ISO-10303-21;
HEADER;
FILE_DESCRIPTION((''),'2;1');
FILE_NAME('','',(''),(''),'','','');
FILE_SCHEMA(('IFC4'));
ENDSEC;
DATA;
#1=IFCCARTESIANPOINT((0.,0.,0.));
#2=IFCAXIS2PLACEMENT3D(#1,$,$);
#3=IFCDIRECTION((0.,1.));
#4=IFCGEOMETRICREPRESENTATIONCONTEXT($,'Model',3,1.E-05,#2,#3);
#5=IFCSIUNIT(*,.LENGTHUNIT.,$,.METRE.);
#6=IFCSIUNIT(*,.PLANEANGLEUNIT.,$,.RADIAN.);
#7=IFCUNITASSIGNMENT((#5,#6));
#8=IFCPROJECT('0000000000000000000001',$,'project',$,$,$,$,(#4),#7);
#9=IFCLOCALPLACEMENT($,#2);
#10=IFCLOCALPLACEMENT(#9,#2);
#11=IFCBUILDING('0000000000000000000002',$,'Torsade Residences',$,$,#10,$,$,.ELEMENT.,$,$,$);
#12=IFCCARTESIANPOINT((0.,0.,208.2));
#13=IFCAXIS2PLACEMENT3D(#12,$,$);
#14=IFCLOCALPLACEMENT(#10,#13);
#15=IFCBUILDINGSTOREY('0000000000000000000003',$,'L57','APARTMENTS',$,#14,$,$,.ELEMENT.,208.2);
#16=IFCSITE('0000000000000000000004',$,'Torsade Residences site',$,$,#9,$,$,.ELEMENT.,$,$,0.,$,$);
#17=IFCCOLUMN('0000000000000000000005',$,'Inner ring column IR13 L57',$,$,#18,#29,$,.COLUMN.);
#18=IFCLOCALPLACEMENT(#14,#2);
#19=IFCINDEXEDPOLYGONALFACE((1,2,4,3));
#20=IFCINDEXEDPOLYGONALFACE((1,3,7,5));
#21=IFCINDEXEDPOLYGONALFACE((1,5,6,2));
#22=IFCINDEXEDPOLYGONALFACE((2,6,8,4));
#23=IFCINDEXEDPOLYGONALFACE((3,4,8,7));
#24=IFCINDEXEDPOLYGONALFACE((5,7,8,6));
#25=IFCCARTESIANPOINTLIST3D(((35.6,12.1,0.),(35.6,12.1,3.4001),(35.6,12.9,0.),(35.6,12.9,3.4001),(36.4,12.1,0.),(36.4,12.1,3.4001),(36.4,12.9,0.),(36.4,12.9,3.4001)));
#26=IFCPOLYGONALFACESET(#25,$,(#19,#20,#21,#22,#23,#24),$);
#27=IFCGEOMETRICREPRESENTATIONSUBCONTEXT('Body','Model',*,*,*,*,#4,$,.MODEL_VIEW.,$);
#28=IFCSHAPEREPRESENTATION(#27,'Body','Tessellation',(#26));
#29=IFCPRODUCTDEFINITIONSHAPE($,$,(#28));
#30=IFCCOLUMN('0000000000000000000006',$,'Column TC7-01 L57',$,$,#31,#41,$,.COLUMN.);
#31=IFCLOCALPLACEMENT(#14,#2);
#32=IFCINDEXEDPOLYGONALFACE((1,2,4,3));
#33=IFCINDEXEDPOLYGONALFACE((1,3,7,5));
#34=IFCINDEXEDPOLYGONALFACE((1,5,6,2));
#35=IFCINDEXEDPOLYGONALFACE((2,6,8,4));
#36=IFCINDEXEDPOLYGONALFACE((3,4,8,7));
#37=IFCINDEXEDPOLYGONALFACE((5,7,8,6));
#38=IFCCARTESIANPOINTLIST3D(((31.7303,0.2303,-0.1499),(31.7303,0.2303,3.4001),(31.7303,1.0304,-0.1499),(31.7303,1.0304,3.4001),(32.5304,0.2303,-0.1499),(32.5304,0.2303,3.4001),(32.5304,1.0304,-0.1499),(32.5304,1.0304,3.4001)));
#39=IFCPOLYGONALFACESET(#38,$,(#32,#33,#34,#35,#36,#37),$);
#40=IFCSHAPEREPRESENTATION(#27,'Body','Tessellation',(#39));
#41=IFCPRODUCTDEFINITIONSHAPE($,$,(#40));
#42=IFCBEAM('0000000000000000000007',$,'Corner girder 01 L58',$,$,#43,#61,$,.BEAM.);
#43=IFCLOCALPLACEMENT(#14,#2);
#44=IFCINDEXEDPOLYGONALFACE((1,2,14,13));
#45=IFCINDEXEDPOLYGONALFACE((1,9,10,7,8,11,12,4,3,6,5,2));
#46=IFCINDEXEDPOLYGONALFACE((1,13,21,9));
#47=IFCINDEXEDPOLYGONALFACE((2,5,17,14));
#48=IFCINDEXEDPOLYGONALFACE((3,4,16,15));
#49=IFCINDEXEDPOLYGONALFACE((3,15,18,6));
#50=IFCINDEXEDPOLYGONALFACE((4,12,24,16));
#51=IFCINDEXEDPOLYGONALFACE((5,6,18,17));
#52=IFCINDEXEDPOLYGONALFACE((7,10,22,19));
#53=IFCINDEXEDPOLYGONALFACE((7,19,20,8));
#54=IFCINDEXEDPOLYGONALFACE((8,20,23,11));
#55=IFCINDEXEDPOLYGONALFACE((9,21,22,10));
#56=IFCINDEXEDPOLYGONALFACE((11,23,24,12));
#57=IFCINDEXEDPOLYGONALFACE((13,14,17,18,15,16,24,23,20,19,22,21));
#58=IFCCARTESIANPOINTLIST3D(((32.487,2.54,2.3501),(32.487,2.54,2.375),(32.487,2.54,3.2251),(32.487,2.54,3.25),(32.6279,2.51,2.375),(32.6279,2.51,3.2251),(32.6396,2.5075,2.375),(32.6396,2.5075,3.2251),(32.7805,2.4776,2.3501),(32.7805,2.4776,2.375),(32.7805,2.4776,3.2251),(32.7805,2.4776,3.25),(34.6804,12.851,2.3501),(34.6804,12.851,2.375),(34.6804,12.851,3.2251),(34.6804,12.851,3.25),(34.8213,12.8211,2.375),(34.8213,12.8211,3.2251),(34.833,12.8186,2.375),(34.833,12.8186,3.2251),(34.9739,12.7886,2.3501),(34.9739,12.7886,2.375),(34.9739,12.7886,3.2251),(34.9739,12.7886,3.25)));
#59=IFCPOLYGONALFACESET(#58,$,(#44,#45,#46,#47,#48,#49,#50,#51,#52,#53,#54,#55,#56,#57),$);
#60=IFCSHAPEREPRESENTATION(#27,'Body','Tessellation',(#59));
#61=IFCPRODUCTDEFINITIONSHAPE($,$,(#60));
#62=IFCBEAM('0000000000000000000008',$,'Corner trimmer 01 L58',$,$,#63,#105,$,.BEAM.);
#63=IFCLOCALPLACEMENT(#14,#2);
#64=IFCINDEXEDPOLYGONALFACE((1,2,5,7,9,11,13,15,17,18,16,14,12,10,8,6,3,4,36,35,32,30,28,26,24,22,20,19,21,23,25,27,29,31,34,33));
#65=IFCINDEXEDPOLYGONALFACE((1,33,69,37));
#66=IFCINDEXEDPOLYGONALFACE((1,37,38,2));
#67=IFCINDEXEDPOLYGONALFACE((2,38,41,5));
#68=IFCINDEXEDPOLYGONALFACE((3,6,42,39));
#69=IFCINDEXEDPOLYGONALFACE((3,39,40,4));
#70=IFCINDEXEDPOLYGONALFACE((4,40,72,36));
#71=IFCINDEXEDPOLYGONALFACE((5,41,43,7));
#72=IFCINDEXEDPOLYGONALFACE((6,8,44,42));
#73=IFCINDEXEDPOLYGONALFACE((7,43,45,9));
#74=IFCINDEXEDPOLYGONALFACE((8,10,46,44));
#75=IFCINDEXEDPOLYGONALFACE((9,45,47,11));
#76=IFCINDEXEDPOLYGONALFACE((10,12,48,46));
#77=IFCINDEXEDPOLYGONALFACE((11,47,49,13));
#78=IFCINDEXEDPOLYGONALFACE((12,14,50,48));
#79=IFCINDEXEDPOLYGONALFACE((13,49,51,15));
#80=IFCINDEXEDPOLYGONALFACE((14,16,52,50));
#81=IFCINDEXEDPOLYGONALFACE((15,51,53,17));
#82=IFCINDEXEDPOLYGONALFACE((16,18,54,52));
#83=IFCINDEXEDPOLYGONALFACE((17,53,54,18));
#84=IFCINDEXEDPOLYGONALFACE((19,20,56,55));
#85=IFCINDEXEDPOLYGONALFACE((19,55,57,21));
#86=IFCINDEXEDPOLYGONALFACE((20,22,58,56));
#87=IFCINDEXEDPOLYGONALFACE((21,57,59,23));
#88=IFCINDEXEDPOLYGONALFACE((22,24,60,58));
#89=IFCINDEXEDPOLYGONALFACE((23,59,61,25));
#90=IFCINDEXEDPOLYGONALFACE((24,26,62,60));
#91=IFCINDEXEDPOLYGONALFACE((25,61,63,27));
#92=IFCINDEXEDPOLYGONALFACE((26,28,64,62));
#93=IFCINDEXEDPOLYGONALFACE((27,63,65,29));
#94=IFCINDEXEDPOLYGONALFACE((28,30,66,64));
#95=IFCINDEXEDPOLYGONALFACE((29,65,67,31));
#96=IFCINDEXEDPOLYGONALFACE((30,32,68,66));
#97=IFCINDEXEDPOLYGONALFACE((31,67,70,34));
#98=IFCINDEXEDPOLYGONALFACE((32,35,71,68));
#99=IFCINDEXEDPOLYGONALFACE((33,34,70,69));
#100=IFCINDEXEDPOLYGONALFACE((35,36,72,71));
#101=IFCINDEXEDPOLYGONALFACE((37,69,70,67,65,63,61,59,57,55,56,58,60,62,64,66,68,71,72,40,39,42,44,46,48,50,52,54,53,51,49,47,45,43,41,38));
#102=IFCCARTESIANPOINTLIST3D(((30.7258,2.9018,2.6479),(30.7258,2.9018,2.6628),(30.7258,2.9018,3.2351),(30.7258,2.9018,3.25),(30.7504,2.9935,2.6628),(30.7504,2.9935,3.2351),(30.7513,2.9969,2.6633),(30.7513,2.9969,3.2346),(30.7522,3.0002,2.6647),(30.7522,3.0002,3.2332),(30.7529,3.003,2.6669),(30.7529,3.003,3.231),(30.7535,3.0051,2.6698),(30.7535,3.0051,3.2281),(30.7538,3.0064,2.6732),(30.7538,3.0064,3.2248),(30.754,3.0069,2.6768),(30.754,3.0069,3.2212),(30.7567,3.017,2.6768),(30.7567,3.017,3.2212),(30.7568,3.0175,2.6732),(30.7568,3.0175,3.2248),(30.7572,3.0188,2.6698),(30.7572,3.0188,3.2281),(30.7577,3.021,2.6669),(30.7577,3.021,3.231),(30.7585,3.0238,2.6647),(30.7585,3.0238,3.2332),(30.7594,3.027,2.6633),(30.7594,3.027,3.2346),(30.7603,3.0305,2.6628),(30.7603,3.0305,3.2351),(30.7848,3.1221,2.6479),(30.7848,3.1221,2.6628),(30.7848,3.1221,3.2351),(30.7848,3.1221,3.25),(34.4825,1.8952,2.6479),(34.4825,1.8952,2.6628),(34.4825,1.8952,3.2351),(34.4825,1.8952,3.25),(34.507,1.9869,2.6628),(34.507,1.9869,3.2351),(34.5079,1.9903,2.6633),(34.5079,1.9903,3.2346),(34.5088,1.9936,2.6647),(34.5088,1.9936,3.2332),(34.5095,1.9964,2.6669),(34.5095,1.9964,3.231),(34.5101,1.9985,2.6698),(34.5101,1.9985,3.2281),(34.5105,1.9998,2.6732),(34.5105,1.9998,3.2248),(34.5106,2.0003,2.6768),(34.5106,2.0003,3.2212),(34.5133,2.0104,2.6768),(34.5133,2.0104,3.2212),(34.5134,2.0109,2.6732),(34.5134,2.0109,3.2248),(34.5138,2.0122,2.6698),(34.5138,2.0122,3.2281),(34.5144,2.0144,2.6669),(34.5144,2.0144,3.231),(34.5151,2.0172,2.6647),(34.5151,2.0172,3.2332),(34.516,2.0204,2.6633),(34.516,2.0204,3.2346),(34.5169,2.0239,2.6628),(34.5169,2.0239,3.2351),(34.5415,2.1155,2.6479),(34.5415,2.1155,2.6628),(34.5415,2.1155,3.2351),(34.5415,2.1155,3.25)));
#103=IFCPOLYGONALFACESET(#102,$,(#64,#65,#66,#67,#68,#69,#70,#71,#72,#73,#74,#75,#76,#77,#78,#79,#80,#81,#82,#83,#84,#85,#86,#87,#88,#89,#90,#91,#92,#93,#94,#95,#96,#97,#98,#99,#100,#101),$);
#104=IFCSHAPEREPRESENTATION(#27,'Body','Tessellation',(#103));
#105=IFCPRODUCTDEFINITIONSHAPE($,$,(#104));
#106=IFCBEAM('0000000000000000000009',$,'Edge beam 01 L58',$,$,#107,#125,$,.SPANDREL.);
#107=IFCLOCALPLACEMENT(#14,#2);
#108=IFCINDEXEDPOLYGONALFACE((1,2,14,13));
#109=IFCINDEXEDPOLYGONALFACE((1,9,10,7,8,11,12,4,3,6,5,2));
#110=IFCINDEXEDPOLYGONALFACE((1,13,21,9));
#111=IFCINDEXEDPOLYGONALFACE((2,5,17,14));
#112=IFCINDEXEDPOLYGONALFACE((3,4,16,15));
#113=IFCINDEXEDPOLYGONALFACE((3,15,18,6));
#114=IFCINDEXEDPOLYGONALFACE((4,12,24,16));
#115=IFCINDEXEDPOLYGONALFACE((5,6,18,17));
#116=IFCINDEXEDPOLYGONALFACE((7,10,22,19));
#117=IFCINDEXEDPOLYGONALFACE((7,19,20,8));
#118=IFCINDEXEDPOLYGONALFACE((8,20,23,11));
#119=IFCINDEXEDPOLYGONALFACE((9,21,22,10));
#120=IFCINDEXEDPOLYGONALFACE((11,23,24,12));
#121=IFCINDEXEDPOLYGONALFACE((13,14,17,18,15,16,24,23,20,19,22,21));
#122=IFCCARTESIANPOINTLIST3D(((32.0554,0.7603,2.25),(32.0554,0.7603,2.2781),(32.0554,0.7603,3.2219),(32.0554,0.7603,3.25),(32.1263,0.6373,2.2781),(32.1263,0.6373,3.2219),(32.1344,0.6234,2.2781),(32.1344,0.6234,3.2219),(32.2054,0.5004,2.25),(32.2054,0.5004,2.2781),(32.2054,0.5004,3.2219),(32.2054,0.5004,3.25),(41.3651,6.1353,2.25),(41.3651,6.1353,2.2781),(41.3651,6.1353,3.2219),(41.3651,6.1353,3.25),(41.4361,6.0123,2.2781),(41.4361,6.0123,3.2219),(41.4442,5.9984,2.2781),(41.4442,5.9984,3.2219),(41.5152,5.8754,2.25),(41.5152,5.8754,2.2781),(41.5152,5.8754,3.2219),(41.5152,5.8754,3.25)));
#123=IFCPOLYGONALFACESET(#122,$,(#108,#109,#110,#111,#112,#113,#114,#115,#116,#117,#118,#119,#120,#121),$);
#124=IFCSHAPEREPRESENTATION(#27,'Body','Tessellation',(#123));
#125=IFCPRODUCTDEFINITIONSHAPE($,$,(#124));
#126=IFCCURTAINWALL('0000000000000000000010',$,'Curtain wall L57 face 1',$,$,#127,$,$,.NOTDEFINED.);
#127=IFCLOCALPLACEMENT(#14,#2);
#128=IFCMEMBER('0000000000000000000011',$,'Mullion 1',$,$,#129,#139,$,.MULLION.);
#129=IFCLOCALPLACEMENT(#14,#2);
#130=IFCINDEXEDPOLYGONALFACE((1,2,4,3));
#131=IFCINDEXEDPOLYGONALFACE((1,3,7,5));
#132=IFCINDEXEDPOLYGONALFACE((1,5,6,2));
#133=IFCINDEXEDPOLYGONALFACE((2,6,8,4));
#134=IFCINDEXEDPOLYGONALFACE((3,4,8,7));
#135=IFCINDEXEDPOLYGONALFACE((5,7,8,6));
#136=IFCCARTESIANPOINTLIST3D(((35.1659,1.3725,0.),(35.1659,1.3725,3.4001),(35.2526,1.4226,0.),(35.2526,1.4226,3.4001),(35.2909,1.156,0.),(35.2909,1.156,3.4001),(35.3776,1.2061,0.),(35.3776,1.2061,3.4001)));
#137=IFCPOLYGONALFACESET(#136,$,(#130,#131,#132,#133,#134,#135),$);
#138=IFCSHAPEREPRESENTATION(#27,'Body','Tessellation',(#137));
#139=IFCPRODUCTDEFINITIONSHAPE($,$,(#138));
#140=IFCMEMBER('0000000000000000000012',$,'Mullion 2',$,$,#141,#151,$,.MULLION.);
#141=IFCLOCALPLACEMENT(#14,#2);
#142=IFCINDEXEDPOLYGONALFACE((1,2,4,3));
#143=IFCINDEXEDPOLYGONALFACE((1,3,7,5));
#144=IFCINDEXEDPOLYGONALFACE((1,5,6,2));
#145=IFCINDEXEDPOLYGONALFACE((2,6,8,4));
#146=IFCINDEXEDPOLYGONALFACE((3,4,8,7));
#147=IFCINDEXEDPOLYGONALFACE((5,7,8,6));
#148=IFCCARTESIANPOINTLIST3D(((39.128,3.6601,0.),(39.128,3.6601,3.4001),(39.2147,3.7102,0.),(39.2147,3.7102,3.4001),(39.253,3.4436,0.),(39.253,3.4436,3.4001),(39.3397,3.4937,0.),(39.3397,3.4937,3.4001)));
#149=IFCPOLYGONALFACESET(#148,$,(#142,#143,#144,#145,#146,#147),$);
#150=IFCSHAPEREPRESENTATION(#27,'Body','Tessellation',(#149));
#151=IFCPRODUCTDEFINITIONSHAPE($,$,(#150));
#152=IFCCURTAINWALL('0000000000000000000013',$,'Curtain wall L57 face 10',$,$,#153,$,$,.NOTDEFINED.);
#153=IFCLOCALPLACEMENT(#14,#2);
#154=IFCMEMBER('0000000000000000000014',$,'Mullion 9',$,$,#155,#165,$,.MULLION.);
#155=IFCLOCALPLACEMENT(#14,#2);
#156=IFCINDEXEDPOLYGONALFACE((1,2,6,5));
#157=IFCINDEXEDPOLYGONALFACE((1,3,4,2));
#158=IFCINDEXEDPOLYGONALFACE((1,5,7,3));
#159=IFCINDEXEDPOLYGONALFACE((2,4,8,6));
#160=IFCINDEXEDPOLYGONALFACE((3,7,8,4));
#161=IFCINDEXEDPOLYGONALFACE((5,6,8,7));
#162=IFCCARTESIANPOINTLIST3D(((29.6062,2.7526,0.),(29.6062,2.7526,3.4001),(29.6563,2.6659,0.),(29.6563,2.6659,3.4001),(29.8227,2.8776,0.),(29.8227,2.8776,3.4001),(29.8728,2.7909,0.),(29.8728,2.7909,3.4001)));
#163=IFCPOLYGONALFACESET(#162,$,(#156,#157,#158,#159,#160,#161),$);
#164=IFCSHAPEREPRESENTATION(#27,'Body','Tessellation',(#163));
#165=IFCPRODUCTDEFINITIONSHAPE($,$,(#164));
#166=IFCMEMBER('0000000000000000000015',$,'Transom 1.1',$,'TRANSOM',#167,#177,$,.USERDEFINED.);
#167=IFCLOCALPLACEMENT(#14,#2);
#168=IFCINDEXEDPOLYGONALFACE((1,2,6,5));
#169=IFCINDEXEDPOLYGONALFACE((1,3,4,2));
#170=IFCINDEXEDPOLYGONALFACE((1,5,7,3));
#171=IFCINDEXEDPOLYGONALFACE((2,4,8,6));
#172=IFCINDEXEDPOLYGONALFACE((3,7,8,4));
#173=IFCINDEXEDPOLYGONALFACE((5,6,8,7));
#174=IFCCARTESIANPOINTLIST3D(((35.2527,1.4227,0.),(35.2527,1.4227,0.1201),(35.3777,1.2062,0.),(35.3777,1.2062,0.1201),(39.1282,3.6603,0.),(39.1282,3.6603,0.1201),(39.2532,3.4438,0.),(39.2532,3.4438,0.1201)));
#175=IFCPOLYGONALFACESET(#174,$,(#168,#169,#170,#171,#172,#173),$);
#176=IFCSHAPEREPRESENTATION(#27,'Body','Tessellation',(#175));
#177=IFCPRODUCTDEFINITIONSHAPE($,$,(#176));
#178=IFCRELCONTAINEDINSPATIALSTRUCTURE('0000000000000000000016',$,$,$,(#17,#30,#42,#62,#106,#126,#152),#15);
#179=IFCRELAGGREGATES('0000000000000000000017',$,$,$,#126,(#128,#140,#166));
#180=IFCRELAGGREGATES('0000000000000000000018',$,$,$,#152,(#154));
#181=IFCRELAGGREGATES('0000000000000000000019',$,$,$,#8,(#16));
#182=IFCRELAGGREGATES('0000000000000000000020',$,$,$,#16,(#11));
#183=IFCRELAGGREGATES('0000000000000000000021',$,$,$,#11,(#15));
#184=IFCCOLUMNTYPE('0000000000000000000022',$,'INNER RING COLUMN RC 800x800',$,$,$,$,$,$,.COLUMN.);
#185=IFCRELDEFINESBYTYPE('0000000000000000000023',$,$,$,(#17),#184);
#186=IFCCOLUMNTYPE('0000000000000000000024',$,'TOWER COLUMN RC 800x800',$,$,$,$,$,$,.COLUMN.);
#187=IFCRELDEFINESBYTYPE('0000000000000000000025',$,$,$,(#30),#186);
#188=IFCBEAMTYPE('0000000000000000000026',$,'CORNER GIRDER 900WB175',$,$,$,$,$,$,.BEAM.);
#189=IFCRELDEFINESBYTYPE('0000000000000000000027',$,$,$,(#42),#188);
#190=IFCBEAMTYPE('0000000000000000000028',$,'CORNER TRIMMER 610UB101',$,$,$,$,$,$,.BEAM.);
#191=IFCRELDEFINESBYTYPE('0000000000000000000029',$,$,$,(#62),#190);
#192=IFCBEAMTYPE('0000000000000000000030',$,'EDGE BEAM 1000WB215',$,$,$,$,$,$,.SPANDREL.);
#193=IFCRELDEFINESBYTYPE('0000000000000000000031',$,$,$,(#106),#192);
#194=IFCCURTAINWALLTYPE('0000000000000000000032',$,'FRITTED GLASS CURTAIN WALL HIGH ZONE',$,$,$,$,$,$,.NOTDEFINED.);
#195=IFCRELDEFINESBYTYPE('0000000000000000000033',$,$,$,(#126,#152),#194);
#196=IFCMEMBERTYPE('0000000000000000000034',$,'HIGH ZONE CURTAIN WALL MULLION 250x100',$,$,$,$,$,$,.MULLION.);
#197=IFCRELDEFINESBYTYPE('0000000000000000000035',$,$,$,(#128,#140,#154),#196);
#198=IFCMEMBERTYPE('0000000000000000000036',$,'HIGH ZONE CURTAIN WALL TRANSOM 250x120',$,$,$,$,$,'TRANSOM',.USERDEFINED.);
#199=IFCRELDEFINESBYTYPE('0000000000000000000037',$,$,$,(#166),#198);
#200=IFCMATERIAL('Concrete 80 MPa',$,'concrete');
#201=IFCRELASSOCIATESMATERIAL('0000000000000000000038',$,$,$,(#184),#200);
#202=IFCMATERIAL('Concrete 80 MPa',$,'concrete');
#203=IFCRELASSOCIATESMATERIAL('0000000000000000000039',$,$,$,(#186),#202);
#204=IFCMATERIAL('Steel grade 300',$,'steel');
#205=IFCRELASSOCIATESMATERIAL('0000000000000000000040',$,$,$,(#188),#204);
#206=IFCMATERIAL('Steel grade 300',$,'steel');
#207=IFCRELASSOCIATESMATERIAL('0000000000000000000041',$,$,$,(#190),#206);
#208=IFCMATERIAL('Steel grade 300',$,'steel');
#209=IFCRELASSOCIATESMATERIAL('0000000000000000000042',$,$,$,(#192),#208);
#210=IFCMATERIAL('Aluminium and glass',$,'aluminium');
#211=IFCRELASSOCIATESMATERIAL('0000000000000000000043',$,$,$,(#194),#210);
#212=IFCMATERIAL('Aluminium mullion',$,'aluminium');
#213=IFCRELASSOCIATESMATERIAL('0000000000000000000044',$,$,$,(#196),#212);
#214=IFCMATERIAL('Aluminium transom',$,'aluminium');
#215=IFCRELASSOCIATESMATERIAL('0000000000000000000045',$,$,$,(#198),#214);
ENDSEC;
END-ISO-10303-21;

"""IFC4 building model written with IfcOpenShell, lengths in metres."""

from ifc_helpers import new_model, si_unit, direction, frame, origin, origin_2d, place, context, subcontext, project, spatial, rectangle, i_section, extrude, material, material_profile, profile_set, type_object, element, aggregate, save


model = new_model("IFC4")

# Units and contexts
model_context = context("Model", 3, precision=1e-05, world=origin(), true_north=direction((0.0, 1.0)))
body_context = subcontext(model_context, "Body", "Model", "MODEL_VIEW")
ifc_project = project(units=[si_unit("LENGTHUNIT", "METRE"), si_unit("PLANEANGLEUNIT", "RADIAN")], contexts=[model_context])

# Site, building, storey
site_placement = place(None, origin())
site = spatial("IfcSite", under=ifc_project, at=site_placement, Name="Torsade Residences site", CompositionType="ELEMENT", RefElevation=0.0)
building_placement = place(site_placement, origin())
building = spatial("IfcBuilding", under=site, at=building_placement, Name="Torsade Residences", CompositionType="ELEMENT")
storey_placement = place(building_placement, frame((0.0, 0.0, 208.2)))
storey = spatial("IfcBuildingStorey", under=building, at=storey_placement, Name="L57", Description="APARTMENTS", CompositionType="ELEMENT", Elevation=208.2)

# Columns
ifc_material_1 = material(Name="Concrete 80 MPa", Category="concrete")
ifc_material_profile_1 = material_profile(ifc_material_1, rectangle(XDim=0.8, YDim=0.8, at=origin_2d()), Name="RC 800x800")
ifc_profile_set_1 = profile_set([ifc_material_profile_1], Name="Concrete 80 MPa")
column_type_1 = type_object("IfcColumnType", Name="INNER RING COLUMN RC 800x800", PredefinedType="COLUMN", material=ifc_profile_set_1)
column_1_placement = place(storey_placement, frame((36.0, 12.5, 0.0), z_axis=(0.0, 0.0, 1.0), x_axis=(1.0, 0.0, 0.0)))
element("IfcColumn", 1, at=column_1_placement, inside=storey, type_object=column_type_1, Name="Inner ring column IR13 L57", PredefinedType="COLUMN", context=body_context, shape_type="SweptSolid", body=[
    extrude(rectangle(XDim=0.8, YDim=0.8, at=origin_2d()), origin(), (0.0, 0.0, 1.0), 3.4001),
])
ifc_material_2 = material(Name="Concrete 80 MPa", Category="concrete")
ifc_material_profile_2 = material_profile(ifc_material_2, rectangle(XDim=0.8, YDim=0.8, at=origin_2d()), Name="RC 800x800")
ifc_profile_set_2 = profile_set([ifc_material_profile_2], Name="Concrete 80 MPa")
column_type_2 = type_object("IfcColumnType", Name="TOWER COLUMN RC 800x800", PredefinedType="COLUMN", material=ifc_profile_set_2)
column_2_placement = place(storey_placement, frame((32.1304, 0.6304, -0.1499), z_axis=(0.0, 0.0, 1.0), x_axis=(1.0, 0.0, 0.0)))
element("IfcColumn", 2, at=column_2_placement, inside=storey, type_object=column_type_2, Name="Column TC7-01 L57", PredefinedType="COLUMN", context=body_context, shape_type="SweptSolid", body=[
    extrude(rectangle(XDim=0.8, YDim=0.8, at=origin_2d()), origin(), (0.0, 0.0, 1.0), 3.55),
])

# Beams
ifc_material_3 = material(Name="Steel grade 300", Category="steel")
ifc_material_profile_3 = material_profile(ifc_material_3, i_section(OverallWidth=0.3, OverallDepth=0.8999, WebThickness=0.012, FlangeThickness=0.0249, at=origin_2d()), Name="900WB175")
ifc_profile_set_3 = profile_set([ifc_material_profile_3], Name="Steel grade 300")
beam_type_1 = type_object("IfcBeamType", Name="CORNER GIRDER 900WB175", PredefinedType="BEAM", material=ifc_profile_set_3)
beam_1_placement = place(storey_placement, frame((32.6338, 2.5088, 2.8), z_axis=(0.208064, 0.978115, 0.0), x_axis=(-0.978115, 0.208064, 0.0)))
element("IfcBeam", 3, at=beam_1_placement, inside=storey, type_object=beam_type_1, Name="Corner girder 01 L58", PredefinedType="BEAM", context=body_context, shape_type="SweptSolid", body=[
    extrude(i_section(OverallWidth=0.3, OverallDepth=0.8999, WebThickness=0.012, FlangeThickness=0.0249, at=origin_2d()), origin(), (0.0, 0.0, 1.0), 10.5417),
])
ifc_material_4 = material(Name="Steel grade 300", Category="steel")
ifc_material_profile_4 = material_profile(ifc_material_4, i_section(OverallWidth=0.228, OverallDepth=0.6021, WebThickness=0.0105, FlangeThickness=0.0149, FilletRadius=0.0139, at=origin_2d()), Name="610UB101")
ifc_profile_set_4 = profile_set([ifc_material_profile_4], Name="Steel grade 300")
beam_type_2 = type_object("IfcBeamType", Name="CORNER TRIMMER 610UB101", PredefinedType="BEAM", material=ifc_profile_set_4)
beam_2_placement = place(storey_placement, frame((34.512, 2.0054, 2.949), z_axis=(-0.965925, 0.258823, 0.0), x_axis=(-0.258823, -0.965925, 0.0)))
element("IfcBeam", 4, at=beam_2_placement, inside=storey, type_object=beam_type_2, Name="Corner trimmer 01 L58", PredefinedType="BEAM", context=body_context, shape_type="SweptSolid", body=[
    extrude(i_section(OverallWidth=0.228, OverallDepth=0.6021, WebThickness=0.0105, FlangeThickness=0.0149, FilletRadius=0.0139, at=origin_2d()), origin(), (0.0, 0.0, 1.0), 3.8892),
])
ifc_material_5 = material(Name="Steel grade 300", Category="steel")
ifc_material_profile_5 = material_profile(ifc_material_5, i_section(OverallWidth=0.3, OverallDepth=1.0, WebThickness=0.0161, FlangeThickness=0.0281, at=origin_2d()), Name="1000WB215")
ifc_profile_set_5 = profile_set([ifc_material_profile_5], Name="Steel grade 300")
beam_type_3 = type_object("IfcBeamType", Name="EDGE BEAM 1000WB215", PredefinedType="SPANDREL", material=ifc_profile_set_5)
beam_3_placement = place(storey_placement, frame((32.1304, 0.6304, 2.75), z_axis=(0.866026, 0.499998, 0.0), x_axis=(-0.499998, 0.866026, 0.0)))
element("IfcBeam", 5, at=beam_3_placement, inside=storey, type_object=beam_type_3, Name="Edge beam 01 L58", PredefinedType="SPANDREL", context=body_context, shape_type="SweptSolid", body=[
    extrude(i_section(OverallWidth=0.3, OverallDepth=1.0, WebThickness=0.0161, FlangeThickness=0.0281, at=origin_2d()), origin(), (0.0, 0.0, 1.0), 10.75),
])

# Curtain wall, members
ifc_material_6 = material(Name="Aluminium and glass", Category="aluminium")
curtain_wall_type = type_object("IfcCurtainWallType", Name="FRITTED GLASS CURTAIN WALL HIGH ZONE", PredefinedType="NOTDEFINED", material=ifc_material_6)
curtain_wall_1_placement = place(storey_placement, origin())
curtain_wall_1 = element("IfcCurtainWall", 6, at=curtain_wall_1_placement, inside=storey, type_object=curtain_wall_type, Name="Curtain wall L57 face 1", PredefinedType="NOTDEFINED")
ifc_material_7 = material(Name="Aluminium mullion", Category="aluminium")
ifc_material_profile_6 = material_profile(ifc_material_7, rectangle(XDim=0.25, YDim=0.1001, at=origin_2d()), Name="HIGH ZONE CURTAIN WALL MULLION 250x100")
ifc_profile_set_6 = profile_set([ifc_material_profile_6], Name="Aluminium mullion")
member_type_1 = type_object("IfcMemberType", Name="HIGH ZONE CURTAIN WALL MULLION 250x100", PredefinedType="MULLION", material=ifc_profile_set_6)
member_1_placement = place(storey_placement, frame((35.2717, 1.2893, 0.0), z_axis=(0.0, 0.0, 1.0), x_axis=(-0.5, 0.866025, 0.0)))
member_1 = element("IfcMember", 7, at=member_1_placement, type_object=member_type_1, Name="Mullion 1", PredefinedType="MULLION", context=body_context, shape_type="SweptSolid", body=[
    extrude(rectangle(XDim=0.25, YDim=0.1001, at=origin_2d()), origin(), (0.0, 0.0, 1.0), 3.4001),
])
member_2_placement = place(storey_placement, frame((39.2339, 3.5769, 0.0), z_axis=(0.0, 0.0, 1.0), x_axis=(-0.5, 0.866025, 0.0)))
member_2 = element("IfcMember", 8, at=member_2_placement, type_object=member_type_1, Name="Mullion 2", PredefinedType="MULLION", context=body_context, shape_type="SweptSolid", body=[
    extrude(rectangle(XDim=0.25, YDim=0.1001, at=origin_2d()), origin(), (0.0, 0.0, 1.0), 3.4001),
])

# Curtain wall, member
curtain_wall_2_placement = place(storey_placement, origin())
curtain_wall_2 = element("IfcCurtainWall", 9, at=curtain_wall_2_placement, inside=storey, type_object=curtain_wall_type, Name="Curtain wall L57 face 10", PredefinedType="NOTDEFINED")
member_3_placement = place(storey_placement, frame((29.7395, 2.7717, 0.0), z_axis=(0.0, 0.0, 1.0), x_axis=(0.866025, 0.5, 0.0)))
member_3 = element("IfcMember", 10, at=member_3_placement, type_object=member_type_1, Name="Mullion 9", PredefinedType="MULLION", context=body_context, shape_type="SweptSolid", body=[
    extrude(rectangle(XDim=0.25, YDim=0.1001, at=origin_2d()), origin(), (0.0, 0.0, 1.0), 3.4001),
])

# Member
ifc_material_8 = material(Name="Aluminium transom", Category="aluminium")
ifc_material_profile_7 = material_profile(ifc_material_8, rectangle(XDim=0.25, YDim=0.1201, at=origin_2d()), Name="HIGH ZONE CURTAIN WALL TRANSOM 250x120")
ifc_profile_set_7 = profile_set([ifc_material_profile_7], Name="Aluminium transom")
member_type_2 = type_object("IfcMemberType", Name="HIGH ZONE CURTAIN WALL TRANSOM 250x120", ElementType="TRANSOM", PredefinedType="USERDEFINED", material=ifc_profile_set_7)
member_4_placement = place(storey_placement, frame((35.3152, 1.3145, 0.0601), z_axis=(0.866022, 0.500006, 0.0), x_axis=(-0.500006, 0.866022, 0.0)))
member_4 = element("IfcMember", 11, at=member_4_placement, type_object=member_type_2, Name="Transom 1.1", ObjectType="TRANSOM", PredefinedType="USERDEFINED", context=body_context, shape_type="SweptSolid", body=[
    extrude(rectangle(XDim=0.25, YDim=0.1201, at=origin_2d()), origin(), (0.0, 0.0, 1.0), 4.4751),
])

aggregate(curtain_wall_1, [member_1, member_2, member_4])
aggregate(curtain_wall_2, [member_3])

save(model, "model.ifc")
